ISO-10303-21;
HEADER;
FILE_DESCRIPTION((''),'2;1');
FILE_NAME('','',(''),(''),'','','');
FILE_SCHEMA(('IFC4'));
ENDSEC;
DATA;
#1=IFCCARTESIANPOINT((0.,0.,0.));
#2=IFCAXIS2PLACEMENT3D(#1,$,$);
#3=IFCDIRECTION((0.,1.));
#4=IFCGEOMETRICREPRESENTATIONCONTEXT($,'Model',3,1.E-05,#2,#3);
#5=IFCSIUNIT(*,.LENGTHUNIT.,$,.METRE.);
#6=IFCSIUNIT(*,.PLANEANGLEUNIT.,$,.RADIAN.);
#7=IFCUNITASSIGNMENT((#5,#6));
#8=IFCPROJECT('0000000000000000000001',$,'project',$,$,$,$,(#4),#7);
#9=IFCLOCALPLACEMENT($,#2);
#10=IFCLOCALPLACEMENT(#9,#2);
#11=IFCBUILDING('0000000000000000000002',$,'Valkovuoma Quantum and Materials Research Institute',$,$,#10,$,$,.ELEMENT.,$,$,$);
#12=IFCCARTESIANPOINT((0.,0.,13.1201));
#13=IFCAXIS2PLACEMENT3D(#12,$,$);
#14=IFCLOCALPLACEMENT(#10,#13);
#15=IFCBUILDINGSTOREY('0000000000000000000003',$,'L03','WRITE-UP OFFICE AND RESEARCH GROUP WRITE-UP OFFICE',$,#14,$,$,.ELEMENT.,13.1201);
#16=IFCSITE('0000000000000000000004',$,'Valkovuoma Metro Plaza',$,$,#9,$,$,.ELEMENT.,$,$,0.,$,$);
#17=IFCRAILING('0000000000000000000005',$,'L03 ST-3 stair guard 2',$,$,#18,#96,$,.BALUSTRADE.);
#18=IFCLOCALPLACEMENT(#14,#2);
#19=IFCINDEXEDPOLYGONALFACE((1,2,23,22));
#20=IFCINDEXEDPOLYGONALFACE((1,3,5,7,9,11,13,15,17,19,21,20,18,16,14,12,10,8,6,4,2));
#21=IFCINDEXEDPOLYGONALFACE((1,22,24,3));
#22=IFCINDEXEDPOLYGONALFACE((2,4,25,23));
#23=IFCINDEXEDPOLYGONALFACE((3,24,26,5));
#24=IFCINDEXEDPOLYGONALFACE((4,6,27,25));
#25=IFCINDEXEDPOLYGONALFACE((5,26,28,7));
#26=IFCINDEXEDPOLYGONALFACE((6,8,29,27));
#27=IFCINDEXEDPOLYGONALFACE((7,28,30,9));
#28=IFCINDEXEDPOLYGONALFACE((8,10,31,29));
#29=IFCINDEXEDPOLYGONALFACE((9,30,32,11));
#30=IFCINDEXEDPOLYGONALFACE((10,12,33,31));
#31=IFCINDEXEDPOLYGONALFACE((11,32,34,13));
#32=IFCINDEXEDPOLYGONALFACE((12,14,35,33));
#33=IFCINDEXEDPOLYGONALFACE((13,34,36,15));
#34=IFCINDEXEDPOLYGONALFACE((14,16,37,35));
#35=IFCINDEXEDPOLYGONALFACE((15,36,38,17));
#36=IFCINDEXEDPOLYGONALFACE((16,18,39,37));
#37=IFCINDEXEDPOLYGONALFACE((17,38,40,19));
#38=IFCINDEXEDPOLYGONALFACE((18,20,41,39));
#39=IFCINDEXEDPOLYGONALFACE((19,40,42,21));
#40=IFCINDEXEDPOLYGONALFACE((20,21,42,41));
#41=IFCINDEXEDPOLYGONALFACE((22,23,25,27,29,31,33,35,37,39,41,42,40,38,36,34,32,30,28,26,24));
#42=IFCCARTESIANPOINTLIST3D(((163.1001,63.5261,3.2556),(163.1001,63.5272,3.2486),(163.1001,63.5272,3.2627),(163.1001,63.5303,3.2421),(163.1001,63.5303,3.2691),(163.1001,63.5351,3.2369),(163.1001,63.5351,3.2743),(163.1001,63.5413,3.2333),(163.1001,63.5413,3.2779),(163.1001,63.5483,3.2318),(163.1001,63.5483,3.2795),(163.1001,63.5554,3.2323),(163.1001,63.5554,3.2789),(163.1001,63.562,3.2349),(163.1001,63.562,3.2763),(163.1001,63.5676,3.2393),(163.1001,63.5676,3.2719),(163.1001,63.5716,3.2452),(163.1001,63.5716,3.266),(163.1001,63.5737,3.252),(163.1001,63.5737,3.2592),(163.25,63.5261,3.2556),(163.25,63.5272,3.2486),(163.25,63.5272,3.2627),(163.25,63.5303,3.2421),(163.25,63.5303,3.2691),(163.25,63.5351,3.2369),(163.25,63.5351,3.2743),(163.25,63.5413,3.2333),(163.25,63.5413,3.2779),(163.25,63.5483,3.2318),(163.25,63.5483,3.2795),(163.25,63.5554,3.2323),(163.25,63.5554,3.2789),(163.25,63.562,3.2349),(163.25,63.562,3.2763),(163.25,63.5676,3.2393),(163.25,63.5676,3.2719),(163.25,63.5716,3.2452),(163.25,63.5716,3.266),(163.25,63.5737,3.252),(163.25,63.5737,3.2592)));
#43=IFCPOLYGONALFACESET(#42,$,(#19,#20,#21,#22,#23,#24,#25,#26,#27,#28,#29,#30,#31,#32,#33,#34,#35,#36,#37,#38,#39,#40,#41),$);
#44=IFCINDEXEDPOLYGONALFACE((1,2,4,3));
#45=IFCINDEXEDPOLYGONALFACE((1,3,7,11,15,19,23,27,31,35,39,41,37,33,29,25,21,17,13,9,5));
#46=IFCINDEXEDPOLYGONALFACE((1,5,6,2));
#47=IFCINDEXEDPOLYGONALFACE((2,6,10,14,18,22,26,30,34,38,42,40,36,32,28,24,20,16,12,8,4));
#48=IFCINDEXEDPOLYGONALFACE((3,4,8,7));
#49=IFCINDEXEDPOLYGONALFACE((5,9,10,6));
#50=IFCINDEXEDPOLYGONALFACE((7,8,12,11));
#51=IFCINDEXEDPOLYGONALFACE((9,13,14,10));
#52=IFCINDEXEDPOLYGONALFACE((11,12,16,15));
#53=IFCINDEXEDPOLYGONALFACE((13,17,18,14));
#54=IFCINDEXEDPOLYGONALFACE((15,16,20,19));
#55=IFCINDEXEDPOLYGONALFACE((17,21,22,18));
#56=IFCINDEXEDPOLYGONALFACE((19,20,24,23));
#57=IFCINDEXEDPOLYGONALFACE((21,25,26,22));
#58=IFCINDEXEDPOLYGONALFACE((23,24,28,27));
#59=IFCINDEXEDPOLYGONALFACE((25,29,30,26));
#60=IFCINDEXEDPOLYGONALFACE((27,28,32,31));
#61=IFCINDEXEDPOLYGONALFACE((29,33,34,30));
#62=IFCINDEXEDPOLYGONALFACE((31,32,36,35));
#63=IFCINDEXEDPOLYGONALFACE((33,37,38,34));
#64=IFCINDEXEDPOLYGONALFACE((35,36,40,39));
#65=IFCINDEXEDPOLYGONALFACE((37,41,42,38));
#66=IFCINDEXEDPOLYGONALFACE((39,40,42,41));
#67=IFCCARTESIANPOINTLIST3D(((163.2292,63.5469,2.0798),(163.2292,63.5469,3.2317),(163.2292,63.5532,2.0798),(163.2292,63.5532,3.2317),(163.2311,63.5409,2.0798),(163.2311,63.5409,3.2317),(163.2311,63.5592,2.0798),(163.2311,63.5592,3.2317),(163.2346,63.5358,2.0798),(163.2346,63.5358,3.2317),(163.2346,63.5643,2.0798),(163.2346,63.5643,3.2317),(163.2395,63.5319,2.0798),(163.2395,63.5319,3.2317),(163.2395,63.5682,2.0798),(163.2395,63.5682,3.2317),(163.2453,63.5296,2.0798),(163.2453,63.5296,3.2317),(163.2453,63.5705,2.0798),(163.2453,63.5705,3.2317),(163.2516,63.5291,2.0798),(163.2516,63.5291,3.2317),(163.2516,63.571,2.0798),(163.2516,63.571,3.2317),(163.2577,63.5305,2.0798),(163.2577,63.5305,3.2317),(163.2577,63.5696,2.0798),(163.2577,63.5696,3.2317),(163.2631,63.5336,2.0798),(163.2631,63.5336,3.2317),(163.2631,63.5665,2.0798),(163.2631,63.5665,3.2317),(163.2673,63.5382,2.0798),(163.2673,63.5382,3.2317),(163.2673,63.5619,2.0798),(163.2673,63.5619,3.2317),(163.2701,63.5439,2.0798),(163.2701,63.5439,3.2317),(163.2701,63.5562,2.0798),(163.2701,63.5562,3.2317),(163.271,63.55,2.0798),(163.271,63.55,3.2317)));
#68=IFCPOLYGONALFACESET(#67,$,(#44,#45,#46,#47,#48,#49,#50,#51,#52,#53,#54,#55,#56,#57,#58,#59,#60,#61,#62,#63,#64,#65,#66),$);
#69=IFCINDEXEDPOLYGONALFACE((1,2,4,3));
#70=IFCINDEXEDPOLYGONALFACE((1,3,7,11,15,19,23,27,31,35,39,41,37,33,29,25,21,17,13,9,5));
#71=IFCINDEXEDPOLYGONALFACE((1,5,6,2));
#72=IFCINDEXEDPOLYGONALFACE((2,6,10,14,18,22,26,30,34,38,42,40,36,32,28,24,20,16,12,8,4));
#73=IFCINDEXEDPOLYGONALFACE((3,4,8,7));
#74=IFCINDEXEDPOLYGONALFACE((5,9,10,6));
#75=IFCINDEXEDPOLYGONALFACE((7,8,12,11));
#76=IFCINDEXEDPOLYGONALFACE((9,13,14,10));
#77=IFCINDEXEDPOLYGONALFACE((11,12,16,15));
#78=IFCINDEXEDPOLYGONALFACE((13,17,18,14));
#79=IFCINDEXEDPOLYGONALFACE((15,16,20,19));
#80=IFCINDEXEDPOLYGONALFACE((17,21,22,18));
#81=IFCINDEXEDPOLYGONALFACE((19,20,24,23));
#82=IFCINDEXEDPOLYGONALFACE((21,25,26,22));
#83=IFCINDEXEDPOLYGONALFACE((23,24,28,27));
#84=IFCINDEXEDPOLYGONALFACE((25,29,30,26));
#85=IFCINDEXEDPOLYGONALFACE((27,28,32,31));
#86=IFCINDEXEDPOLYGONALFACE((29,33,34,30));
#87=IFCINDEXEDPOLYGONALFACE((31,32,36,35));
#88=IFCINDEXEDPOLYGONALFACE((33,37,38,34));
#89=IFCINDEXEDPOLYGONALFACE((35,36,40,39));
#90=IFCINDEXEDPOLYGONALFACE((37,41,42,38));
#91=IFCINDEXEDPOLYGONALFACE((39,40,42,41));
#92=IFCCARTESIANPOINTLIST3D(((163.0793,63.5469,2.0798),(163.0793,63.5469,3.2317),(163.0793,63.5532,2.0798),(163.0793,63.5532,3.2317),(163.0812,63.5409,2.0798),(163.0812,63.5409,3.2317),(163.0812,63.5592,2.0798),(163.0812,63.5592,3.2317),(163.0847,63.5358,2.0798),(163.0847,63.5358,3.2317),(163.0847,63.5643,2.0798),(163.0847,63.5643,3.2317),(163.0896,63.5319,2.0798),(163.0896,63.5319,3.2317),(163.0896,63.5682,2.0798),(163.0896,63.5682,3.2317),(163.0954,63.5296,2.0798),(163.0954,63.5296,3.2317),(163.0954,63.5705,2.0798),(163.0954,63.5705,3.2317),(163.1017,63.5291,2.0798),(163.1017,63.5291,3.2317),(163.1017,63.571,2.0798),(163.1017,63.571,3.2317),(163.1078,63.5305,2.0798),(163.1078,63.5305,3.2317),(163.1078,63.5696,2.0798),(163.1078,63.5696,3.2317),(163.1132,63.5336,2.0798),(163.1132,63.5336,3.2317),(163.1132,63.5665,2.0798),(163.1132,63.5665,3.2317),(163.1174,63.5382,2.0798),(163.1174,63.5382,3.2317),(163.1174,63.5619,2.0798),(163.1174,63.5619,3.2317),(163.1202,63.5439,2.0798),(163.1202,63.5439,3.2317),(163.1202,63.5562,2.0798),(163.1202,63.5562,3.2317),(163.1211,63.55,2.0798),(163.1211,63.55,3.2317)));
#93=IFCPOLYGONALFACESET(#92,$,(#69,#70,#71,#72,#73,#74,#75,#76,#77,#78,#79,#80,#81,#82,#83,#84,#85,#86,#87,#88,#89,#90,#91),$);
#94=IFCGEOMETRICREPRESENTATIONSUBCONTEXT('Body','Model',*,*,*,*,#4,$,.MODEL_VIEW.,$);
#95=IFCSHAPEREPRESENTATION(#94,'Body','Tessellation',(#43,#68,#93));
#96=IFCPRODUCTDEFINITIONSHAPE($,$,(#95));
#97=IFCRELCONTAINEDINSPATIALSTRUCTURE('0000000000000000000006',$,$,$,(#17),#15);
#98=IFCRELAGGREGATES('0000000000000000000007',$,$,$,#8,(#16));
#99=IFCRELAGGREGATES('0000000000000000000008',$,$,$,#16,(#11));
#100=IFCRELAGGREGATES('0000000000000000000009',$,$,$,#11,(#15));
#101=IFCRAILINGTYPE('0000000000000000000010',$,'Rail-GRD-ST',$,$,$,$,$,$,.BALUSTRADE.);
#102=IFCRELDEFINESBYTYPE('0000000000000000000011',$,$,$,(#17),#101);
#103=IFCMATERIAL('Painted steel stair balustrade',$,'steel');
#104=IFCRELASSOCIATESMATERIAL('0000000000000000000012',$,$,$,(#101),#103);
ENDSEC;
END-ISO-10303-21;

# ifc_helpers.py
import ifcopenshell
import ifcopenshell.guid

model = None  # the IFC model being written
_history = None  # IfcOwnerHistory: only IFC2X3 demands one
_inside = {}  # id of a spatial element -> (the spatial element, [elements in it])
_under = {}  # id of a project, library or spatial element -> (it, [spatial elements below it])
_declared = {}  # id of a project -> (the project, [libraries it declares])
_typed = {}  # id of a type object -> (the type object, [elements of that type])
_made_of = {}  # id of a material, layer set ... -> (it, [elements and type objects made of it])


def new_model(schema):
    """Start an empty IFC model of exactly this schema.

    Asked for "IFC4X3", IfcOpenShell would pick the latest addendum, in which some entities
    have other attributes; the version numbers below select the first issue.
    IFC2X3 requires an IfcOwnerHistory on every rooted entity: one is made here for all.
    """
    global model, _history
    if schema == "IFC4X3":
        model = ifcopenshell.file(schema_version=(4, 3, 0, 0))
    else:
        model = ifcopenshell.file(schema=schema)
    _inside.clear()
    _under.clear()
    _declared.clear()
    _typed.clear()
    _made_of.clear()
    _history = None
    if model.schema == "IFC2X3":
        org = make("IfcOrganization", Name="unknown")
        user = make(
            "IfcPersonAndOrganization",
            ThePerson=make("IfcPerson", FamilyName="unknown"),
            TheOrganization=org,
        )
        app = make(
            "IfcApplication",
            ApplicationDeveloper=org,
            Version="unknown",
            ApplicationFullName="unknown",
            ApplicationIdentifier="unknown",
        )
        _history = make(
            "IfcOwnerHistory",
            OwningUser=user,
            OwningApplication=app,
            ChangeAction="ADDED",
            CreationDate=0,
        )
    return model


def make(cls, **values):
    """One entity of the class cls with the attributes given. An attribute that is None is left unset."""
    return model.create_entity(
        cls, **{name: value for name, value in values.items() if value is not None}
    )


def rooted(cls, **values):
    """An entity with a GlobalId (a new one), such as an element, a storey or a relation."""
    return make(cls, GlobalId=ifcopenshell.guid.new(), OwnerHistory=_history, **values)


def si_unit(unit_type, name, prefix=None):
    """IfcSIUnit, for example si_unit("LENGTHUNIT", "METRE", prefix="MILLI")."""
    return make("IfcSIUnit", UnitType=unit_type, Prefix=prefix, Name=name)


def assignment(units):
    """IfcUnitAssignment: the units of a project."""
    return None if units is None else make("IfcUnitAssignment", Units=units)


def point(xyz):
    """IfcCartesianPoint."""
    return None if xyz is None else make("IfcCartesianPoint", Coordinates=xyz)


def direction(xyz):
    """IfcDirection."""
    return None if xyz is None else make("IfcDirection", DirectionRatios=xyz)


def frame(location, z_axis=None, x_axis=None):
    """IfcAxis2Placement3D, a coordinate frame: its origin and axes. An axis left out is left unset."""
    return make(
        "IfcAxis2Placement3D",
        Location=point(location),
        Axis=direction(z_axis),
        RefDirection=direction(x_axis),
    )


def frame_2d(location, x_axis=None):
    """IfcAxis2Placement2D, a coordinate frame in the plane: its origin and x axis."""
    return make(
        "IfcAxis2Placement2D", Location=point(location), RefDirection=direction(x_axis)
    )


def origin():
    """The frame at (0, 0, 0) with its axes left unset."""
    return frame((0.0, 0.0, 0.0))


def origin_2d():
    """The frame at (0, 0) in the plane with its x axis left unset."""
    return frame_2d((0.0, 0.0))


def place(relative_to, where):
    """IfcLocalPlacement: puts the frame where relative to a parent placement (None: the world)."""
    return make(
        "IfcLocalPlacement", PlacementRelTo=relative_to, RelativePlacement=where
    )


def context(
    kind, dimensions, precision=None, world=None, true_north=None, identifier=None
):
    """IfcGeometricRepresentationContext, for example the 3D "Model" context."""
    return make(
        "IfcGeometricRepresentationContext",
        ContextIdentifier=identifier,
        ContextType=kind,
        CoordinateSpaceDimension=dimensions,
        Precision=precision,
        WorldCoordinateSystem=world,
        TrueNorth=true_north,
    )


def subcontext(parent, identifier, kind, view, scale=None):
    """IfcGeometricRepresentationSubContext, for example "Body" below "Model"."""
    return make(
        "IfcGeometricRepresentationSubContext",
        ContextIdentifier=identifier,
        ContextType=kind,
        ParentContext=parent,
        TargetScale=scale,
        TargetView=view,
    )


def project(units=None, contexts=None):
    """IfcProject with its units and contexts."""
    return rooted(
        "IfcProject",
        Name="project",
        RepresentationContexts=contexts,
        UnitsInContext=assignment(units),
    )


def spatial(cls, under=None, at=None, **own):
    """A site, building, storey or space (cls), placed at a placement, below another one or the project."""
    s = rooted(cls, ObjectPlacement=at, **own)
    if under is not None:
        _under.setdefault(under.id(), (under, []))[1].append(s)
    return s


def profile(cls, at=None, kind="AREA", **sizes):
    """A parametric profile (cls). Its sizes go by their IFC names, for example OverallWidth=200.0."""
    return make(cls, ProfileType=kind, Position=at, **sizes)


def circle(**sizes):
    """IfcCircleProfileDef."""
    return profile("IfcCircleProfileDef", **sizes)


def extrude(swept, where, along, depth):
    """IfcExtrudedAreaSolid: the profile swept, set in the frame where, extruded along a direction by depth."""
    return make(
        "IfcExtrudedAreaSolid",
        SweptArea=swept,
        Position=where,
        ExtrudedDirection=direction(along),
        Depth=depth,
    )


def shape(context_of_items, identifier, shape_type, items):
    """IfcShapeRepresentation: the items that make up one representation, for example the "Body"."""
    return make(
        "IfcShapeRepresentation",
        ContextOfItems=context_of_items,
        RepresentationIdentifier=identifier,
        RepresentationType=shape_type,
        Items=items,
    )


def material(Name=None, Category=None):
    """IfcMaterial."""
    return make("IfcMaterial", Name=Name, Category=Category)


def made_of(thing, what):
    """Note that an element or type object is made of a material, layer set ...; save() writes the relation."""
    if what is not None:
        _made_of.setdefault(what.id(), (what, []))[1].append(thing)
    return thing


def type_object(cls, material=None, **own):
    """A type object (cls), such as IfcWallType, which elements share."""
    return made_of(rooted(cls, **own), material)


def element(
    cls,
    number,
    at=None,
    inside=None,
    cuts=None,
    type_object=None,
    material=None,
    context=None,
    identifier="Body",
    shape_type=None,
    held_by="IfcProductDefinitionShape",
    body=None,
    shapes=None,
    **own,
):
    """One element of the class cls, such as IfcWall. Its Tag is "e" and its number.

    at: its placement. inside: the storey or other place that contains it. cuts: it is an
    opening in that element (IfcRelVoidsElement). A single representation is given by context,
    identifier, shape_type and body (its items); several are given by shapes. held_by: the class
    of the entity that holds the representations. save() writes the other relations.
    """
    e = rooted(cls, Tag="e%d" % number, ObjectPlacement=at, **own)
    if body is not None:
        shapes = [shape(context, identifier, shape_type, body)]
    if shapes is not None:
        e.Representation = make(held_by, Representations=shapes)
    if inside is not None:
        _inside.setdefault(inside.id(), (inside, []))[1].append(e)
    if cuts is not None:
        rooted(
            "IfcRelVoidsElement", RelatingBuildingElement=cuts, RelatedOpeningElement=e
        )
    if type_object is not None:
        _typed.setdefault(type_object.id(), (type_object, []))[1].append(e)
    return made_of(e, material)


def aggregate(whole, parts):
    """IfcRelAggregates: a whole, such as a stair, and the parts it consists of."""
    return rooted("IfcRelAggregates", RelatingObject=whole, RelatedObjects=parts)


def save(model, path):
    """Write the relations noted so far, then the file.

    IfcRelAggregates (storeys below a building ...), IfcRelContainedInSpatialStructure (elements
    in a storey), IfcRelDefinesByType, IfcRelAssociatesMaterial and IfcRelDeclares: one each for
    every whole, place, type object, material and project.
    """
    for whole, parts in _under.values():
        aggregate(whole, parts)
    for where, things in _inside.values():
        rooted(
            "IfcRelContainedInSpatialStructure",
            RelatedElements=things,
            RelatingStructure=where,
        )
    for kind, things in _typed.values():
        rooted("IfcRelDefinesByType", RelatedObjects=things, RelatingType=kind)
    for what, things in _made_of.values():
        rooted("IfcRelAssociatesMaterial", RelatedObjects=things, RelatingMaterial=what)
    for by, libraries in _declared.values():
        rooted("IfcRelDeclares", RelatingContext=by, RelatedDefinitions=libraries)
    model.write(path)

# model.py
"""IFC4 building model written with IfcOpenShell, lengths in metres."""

from ifc_helpers import new_model, si_unit, direction, frame, origin, origin_2d, place, context, subcontext, project, spatial, circle, extrude, material, type_object, element, save


model = new_model("IFC4")

# Units and contexts
model_context = context("Model", 3, precision=1e-05, world=origin(), true_north=direction((0.0, 1.0)))
body_context = subcontext(model_context, "Body", "Model", "MODEL_VIEW")
ifc_project = project(units=[si_unit("LENGTHUNIT", "METRE"), si_unit("PLANEANGLEUNIT", "RADIAN")], contexts=[model_context])

# Site, building, storey
site_placement = place(None, origin())
site = spatial("IfcSite", under=ifc_project, at=site_placement, Name="Valkovuoma Metro Plaza", CompositionType="ELEMENT", RefElevation=0.0)
building_placement = place(site_placement, origin())
building = spatial("IfcBuilding", under=site, at=building_placement, Name="Valkovuoma Quantum and Materials Research Institute", CompositionType="ELEMENT")
storey_placement = place(building_placement, frame((0.0, 0.0, 13.1201)))
storey = spatial("IfcBuildingStorey", under=building, at=storey_placement, Name="L03", Description="WRITE-UP OFFICE AND RESEARCH GROUP WRITE-UP OFFICE", CompositionType="ELEMENT", Elevation=13.1201)

# Railing
ifc_material_1 = material(Name="Painted steel stair balustrade", Category="steel")
railing_type_1 = type_object("IfcRailingType", Name="Rail-GRD-ST", PredefinedType="BALUSTRADE", material=ifc_material_1)
railing_1_placement = place(storey_placement, frame((163.25, 63.55, 2.0798)))
element("IfcRailing", 1, at=railing_1_placement, inside=storey, type_object=railing_type_1, Name="L03 ST-3 stair guard 2", PredefinedType="BALUSTRADE", context=body_context, shape_type="SweptSolid", body=[
    extrude(circle(Radius=0.0239, at=origin_2d()), frame((0.0, 0.0, 1.1758), z_axis=(-1.0, 0.0, 0.0), x_axis=(0.0, -1.0, 0.0)), (0.0, 0.0, 1.0), 0.1499),
    extrude(circle(Radius=0.021, at=origin_2d()), origin(), (0.0, 0.0, 1.0), 1.1519),
    extrude(circle(Radius=0.021, at=origin_2d()), frame((-0.1499, 0.0, 0.0)), (0.0, 0.0, 1.0), 1.1519),
])

save(model, "model.ifc")
